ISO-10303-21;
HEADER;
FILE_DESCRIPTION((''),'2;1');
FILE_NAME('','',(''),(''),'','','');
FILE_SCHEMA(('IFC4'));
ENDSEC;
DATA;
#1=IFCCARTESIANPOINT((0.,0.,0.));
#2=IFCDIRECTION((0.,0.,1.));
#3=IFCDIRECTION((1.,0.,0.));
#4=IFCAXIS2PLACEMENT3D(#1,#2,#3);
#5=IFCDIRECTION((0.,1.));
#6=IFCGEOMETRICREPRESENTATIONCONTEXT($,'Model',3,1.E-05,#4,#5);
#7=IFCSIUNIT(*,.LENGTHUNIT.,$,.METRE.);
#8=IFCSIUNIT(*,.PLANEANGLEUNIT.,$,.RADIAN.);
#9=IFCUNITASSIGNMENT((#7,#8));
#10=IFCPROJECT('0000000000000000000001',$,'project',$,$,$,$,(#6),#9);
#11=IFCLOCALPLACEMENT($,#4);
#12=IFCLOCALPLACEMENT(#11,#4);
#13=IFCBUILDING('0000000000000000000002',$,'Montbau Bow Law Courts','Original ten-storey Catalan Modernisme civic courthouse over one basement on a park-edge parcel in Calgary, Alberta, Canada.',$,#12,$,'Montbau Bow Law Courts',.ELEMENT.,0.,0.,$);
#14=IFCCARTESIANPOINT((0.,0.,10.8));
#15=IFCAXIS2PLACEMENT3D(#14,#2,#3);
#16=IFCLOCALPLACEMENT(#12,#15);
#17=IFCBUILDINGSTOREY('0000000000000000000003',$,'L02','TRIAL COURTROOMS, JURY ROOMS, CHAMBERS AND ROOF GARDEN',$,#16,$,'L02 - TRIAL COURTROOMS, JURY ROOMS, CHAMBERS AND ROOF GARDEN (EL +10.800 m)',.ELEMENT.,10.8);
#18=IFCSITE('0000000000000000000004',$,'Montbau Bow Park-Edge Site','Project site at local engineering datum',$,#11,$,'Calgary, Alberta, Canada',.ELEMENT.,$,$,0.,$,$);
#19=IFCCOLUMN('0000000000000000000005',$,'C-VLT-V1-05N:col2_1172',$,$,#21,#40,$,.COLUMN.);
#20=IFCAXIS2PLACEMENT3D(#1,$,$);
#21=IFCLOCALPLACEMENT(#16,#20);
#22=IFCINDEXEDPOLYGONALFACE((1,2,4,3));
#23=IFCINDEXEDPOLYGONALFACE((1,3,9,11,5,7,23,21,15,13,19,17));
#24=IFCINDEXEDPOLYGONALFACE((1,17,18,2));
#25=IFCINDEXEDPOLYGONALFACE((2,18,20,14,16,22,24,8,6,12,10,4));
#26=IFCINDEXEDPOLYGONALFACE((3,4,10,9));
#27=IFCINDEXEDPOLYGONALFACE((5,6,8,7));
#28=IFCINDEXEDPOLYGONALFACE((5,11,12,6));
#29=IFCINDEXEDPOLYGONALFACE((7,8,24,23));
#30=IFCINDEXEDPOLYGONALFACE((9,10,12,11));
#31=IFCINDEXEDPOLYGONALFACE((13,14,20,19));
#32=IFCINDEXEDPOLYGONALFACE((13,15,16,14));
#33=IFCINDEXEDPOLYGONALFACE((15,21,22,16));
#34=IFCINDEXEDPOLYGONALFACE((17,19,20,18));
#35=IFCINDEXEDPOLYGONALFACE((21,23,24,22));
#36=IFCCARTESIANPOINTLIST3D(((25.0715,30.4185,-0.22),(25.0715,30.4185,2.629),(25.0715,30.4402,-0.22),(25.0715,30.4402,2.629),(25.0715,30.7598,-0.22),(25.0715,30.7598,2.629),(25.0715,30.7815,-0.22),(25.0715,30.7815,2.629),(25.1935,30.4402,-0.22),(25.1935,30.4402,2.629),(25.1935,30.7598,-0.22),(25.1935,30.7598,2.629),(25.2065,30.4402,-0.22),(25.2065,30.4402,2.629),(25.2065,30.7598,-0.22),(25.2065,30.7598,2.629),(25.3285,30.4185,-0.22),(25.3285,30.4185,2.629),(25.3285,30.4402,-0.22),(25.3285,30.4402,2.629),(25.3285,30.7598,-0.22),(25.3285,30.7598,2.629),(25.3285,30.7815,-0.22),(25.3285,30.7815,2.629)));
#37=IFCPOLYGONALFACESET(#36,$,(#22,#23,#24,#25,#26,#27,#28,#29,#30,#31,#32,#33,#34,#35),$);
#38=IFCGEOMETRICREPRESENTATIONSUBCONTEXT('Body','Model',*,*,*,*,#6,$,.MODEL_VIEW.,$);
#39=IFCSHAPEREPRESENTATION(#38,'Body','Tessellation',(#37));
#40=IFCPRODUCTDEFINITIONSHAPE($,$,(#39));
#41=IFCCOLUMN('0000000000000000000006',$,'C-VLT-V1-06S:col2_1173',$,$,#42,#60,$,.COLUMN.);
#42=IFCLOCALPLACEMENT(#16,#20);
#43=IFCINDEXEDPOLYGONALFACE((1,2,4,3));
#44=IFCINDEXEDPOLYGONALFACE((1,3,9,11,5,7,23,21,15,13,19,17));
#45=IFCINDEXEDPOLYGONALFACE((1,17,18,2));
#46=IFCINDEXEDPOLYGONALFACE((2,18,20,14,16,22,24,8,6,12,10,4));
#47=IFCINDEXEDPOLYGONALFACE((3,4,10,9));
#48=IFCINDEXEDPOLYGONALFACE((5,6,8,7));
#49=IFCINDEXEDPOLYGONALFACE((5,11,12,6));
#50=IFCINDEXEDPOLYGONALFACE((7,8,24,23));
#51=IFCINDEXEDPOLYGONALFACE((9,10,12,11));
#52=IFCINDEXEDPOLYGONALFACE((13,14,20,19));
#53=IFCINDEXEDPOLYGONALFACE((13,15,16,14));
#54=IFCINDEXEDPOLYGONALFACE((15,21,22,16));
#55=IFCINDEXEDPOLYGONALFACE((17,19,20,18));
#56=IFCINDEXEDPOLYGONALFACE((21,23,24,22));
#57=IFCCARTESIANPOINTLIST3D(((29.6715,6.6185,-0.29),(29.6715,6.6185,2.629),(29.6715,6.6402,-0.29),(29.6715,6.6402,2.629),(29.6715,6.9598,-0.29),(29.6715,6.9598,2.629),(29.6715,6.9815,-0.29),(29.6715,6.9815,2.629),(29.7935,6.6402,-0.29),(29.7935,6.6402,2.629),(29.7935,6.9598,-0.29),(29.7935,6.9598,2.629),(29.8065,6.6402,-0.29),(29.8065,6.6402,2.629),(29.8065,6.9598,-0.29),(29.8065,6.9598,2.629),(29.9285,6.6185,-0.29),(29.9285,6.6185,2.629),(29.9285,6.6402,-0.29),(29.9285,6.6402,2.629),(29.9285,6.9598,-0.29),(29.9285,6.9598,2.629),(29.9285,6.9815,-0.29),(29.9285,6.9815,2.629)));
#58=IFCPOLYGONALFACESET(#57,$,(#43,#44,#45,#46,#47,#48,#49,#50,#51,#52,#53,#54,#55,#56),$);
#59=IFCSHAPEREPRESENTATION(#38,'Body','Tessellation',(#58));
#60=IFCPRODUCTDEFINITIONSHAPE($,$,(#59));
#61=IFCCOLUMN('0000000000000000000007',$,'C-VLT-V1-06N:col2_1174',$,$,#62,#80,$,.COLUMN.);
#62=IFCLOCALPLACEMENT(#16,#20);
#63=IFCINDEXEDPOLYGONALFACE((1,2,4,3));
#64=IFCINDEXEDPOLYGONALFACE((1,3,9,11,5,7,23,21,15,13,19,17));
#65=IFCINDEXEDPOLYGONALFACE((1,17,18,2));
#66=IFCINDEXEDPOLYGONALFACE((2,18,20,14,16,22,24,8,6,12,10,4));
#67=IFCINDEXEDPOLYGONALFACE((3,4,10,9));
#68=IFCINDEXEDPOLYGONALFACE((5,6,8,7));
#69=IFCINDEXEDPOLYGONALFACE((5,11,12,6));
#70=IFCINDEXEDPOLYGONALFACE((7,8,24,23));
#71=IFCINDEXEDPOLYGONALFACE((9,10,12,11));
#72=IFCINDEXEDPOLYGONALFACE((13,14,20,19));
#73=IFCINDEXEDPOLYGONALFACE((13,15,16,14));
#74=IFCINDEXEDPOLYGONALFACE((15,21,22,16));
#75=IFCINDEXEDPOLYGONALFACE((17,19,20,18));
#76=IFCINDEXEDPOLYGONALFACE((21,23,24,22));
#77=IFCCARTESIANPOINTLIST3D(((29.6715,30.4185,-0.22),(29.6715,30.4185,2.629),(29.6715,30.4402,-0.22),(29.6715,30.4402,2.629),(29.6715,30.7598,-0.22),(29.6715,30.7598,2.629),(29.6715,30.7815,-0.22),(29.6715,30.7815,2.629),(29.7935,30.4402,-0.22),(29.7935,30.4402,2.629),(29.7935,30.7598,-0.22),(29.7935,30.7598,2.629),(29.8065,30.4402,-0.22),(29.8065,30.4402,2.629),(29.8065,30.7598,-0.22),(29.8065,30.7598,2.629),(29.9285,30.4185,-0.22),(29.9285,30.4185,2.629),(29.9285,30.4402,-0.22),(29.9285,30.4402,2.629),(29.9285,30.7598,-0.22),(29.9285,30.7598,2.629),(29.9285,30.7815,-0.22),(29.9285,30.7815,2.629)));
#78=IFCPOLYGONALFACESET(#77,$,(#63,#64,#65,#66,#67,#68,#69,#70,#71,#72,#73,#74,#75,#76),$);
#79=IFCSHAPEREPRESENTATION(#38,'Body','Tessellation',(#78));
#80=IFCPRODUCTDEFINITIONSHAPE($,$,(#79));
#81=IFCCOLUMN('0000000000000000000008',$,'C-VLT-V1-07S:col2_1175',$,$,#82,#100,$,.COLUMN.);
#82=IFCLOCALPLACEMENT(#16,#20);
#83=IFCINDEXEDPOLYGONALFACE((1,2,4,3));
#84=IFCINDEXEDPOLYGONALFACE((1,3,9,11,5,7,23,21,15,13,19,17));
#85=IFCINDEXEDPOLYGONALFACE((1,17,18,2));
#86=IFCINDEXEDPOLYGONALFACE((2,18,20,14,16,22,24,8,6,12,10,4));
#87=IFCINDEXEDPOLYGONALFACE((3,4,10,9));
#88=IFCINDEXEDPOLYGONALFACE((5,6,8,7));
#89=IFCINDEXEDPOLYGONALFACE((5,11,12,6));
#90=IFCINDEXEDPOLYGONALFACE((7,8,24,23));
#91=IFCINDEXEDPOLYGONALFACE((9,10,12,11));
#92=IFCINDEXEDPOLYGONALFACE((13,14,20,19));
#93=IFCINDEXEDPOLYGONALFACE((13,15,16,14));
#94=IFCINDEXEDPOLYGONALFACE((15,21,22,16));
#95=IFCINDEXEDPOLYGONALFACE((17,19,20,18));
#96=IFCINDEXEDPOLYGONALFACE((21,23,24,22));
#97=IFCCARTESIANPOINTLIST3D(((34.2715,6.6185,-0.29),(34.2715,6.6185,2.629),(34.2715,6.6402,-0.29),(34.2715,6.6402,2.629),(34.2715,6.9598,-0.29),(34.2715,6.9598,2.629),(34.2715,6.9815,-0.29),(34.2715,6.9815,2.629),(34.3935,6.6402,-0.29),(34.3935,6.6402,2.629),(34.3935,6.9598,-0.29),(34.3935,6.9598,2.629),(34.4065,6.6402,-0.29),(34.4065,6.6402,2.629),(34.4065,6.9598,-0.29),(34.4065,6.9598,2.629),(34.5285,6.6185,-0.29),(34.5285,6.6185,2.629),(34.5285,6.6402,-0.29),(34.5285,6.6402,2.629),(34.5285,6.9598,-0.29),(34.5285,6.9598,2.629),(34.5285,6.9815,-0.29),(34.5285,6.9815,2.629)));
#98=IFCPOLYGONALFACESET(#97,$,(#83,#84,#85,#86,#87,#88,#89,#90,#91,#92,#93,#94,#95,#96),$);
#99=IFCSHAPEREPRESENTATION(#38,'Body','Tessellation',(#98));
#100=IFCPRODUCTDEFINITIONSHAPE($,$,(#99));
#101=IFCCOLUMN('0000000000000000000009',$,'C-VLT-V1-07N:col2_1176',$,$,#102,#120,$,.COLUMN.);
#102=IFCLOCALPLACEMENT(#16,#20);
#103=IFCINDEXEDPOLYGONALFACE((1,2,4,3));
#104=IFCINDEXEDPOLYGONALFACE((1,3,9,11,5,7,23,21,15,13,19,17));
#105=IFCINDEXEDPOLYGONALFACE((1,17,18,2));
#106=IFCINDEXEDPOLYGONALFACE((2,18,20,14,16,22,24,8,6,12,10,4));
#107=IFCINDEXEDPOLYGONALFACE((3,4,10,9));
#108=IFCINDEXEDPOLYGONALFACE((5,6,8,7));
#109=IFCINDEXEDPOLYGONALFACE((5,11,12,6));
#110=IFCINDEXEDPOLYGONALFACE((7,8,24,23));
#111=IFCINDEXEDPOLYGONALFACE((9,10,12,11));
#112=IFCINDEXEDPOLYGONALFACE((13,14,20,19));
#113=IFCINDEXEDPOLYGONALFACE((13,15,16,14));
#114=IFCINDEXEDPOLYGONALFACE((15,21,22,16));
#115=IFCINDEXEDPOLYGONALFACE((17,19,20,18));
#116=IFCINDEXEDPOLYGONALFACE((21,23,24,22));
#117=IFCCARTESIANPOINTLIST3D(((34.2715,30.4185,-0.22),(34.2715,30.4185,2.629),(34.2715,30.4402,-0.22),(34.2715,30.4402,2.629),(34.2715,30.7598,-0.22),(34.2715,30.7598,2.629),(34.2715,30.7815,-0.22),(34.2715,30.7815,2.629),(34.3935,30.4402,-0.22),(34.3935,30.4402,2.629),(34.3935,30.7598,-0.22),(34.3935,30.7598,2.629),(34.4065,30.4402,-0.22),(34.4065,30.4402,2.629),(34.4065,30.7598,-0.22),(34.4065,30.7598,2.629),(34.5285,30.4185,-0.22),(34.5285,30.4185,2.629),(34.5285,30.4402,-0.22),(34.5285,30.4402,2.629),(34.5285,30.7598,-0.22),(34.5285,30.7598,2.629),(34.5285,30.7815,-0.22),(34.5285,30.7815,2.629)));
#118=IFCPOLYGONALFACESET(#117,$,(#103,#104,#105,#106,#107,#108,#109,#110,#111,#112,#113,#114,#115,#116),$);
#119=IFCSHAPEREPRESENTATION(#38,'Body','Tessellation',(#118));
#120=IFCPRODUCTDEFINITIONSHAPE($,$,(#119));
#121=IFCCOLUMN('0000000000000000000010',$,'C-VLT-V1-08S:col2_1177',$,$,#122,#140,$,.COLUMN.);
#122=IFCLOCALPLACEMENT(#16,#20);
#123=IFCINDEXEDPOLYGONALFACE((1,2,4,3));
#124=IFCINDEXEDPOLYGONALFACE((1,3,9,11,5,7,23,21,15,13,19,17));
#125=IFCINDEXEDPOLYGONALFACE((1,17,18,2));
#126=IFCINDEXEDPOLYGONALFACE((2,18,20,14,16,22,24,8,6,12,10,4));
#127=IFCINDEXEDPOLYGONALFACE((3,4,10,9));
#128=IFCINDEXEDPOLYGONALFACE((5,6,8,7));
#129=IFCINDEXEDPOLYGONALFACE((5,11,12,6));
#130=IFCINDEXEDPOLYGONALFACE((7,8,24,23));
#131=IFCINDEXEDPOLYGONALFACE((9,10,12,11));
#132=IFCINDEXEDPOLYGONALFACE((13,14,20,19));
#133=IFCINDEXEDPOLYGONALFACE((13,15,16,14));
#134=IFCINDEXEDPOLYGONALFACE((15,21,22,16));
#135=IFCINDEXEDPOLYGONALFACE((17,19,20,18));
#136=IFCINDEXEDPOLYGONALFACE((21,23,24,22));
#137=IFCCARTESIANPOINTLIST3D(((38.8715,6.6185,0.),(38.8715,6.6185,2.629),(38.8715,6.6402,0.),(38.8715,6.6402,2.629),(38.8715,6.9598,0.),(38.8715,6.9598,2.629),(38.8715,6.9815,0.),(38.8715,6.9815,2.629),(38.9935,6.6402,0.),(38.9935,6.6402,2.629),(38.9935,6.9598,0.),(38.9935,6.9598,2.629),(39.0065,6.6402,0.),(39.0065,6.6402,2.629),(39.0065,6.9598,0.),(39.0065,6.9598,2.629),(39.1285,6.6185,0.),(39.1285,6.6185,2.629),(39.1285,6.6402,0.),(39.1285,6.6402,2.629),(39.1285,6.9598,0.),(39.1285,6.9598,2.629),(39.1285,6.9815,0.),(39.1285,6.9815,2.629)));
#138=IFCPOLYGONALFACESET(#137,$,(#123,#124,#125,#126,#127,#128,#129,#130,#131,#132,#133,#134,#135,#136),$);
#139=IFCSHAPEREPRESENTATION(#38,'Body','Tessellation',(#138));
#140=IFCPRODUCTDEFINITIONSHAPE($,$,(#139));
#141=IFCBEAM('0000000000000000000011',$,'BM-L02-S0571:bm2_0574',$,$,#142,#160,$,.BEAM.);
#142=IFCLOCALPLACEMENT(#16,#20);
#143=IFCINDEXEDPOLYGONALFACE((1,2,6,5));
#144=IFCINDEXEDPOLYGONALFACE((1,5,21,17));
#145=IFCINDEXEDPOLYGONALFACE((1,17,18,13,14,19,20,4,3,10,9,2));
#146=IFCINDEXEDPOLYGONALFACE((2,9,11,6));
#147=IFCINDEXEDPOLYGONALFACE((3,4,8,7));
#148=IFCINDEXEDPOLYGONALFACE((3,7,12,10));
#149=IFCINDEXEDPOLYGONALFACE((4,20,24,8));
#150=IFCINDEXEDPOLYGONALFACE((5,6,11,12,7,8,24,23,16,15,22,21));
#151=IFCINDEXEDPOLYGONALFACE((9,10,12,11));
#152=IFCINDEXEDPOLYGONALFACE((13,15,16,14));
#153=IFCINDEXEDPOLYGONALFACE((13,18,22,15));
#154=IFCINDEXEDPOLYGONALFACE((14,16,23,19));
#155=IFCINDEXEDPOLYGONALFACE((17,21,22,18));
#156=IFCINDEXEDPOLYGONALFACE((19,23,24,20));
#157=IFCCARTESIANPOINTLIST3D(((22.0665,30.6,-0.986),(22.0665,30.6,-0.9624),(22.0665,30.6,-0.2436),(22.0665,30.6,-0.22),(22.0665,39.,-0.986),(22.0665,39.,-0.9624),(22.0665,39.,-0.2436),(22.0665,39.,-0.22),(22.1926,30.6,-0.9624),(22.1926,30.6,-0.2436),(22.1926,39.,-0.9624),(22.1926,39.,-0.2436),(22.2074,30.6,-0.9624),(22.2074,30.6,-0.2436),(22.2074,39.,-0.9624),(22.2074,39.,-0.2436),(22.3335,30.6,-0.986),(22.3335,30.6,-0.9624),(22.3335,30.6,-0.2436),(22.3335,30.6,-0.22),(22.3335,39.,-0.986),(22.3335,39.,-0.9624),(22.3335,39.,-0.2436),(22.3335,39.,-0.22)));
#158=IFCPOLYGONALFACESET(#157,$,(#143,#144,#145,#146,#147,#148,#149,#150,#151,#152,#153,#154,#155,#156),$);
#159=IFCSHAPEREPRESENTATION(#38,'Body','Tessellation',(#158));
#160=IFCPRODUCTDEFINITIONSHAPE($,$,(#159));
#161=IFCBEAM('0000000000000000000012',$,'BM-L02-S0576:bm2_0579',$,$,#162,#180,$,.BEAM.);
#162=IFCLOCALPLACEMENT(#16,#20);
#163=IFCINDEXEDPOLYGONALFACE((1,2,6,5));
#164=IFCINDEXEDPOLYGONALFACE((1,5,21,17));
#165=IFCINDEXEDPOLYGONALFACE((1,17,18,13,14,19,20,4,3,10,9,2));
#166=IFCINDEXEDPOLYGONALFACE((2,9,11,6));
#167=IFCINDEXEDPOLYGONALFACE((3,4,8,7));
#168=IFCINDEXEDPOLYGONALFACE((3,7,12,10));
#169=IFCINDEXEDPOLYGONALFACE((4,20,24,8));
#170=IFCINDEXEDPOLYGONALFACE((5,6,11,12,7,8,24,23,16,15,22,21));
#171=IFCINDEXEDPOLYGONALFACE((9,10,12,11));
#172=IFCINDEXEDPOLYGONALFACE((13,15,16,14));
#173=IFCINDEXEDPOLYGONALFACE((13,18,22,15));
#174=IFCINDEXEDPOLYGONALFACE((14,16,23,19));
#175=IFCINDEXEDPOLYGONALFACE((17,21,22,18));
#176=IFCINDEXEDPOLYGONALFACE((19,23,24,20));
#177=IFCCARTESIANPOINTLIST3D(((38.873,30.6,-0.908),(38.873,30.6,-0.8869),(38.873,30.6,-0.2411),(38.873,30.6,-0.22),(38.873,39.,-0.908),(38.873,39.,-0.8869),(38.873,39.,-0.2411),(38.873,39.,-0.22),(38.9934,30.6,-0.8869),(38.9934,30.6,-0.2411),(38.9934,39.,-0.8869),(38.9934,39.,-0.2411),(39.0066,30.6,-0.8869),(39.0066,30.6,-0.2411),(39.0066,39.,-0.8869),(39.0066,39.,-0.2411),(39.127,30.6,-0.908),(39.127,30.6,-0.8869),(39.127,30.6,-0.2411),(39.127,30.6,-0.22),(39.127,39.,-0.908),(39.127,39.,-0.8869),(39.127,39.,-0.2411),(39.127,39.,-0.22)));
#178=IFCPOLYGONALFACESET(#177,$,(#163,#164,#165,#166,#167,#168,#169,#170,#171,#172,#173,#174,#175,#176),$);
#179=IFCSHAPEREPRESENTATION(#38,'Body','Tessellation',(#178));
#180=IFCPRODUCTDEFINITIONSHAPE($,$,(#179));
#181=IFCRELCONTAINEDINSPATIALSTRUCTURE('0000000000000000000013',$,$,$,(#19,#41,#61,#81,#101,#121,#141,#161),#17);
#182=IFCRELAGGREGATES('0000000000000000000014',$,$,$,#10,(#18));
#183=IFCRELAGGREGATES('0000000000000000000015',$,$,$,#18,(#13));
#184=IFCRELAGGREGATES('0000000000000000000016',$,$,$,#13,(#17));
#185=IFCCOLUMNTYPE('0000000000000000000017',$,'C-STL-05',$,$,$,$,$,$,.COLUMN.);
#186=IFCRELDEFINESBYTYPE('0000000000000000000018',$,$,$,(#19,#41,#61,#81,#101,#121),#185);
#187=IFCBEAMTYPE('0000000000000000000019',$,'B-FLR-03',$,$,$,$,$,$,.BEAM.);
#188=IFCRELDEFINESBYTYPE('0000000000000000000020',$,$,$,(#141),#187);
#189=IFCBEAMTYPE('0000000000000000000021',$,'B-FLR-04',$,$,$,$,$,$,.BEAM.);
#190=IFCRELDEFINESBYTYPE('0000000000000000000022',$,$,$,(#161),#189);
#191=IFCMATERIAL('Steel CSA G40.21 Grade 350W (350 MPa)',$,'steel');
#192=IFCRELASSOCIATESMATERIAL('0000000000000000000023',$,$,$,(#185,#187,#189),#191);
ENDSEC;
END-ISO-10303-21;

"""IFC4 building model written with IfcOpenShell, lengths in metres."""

from ifc_helpers import new_model, si_unit, direction, frame, origin_with_axes, origin_2d_with_axis, place, context, subcontext, project, spatial, i_section, extrude, material, material_profile, profile_set, type_object, element, save


model = new_model("IFC4")

# Units and contexts
model_context = context("Model", 3, precision=1e-05, world=origin_with_axes(), true_north=direction((0.0, 1.0)))
body_context = subcontext(model_context, "Body", "Model", "MODEL_VIEW")
ifc_project = project(units=[si_unit("LENGTHUNIT", "METRE"), si_unit("PLANEANGLEUNIT", "RADIAN")], contexts=[model_context])

# Site, building, storey
site_placement = place(None, origin_with_axes())
site = spatial("IfcSite", under=ifc_project, at=site_placement, Name="Montbau Bow Park-Edge Site", Description="Project site at local engineering datum", LongName="Calgary, Alberta, Canada", CompositionType="ELEMENT", RefElevation=0.0)
building_placement = place(site_placement, origin_with_axes())
building = spatial("IfcBuilding", under=site, at=building_placement, Name="Montbau Bow Law Courts", Description="Original ten-storey Catalan Modernisme civic courthouse over one basement on a park-edge parcel in Calgary, Alberta, Canada.", LongName="Montbau Bow Law Courts", CompositionType="ELEMENT", ElevationOfRefHeight=0.0, ElevationOfTerrain=0.0)
storey_placement = place(building_placement, frame((0.0, 0.0, 10.8), z_axis=(0.0, 0.0, 1.0), x_axis=(1.0, 0.0, 0.0)))
storey = spatial("IfcBuildingStorey", under=building, at=storey_placement, Name="L02", Description="TRIAL COURTROOMS, JURY ROOMS, CHAMBERS AND ROOF GARDEN", LongName="L02 - TRIAL COURTROOMS, JURY ROOMS, CHAMBERS AND ROOF GARDEN (EL +10.800 m)", CompositionType="ELEMENT", Elevation=10.8)

# Columns
ifc_material_1 = material(Name="Steel CSA G40.21 Grade 350W (350 MPa)", Category="steel")
ifc_material_profile_1 = material_profile(ifc_material_1, i_section(OverallWidth=0.257, OverallDepth=0.363, WebThickness=0.013, FlangeThickness=0.0217, at=origin_2d_with_axis()), Name="W360X122", Category="Main", Priority=0)
ifc_profile_set_1 = profile_set([ifc_material_profile_1], Name="Steel CSA G40.21 Grade 350W (350 MPa)")
column_type_1 = type_object("IfcColumnType", Name="C-STL-05", PredefinedType="COLUMN", material=ifc_profile_set_1)
column_1_placement = place(None, frame((25.2, 30.6, 10.58), z_axis=(0.0, 0.0, 1.0), x_axis=(1.0, 0.0, 0.0)))
element("IfcColumn", 1, at=column_1_placement, inside=storey, type_object=column_type_1, Name="C-VLT-V1-05N:col2_1172", PredefinedType="COLUMN", context=body_context, shape_type="SweptSolid", body=[
    extrude(i_section(OverallWidth=0.257, OverallDepth=0.363, WebThickness=0.013, FlangeThickness=0.0217, at=origin_2d_with_axis()), origin_with_axes(), (0.0, 0.0, 1.0), 2.849),
])
column_2_placement = place(None, frame((29.8, 6.8, 10.51), z_axis=(0.0, 0.0, 1.0), x_axis=(1.0, 0.0, 0.0)))
element("IfcColumn", 2, at=column_2_placement, inside=storey, type_object=column_type_1, Name="C-VLT-V1-06S:col2_1173", PredefinedType="COLUMN", context=body_context, shape_type="SweptSolid", body=[
    extrude(i_section(OverallWidth=0.257, OverallDepth=0.363, WebThickness=0.013, FlangeThickness=0.0217, at=origin_2d_with_axis()), origin_with_axes(), (0.0, 0.0, 1.0), 2.919),
])
column_3_placement = place(None, frame((29.8, 30.6, 10.58), z_axis=(0.0, 0.0, 1.0), x_axis=(1.0, 0.0, 0.0)))
element("IfcColumn", 3, at=column_3_placement, inside=storey, type_object=column_type_1, Name="C-VLT-V1-06N:col2_1174", PredefinedType="COLUMN", context=body_context, shape_type="SweptSolid", body=[
    extrude(i_section(OverallWidth=0.257, OverallDepth=0.363, WebThickness=0.013, FlangeThickness=0.0217, at=origin_2d_with_axis()), origin_with_axes(), (0.0, 0.0, 1.0), 2.849),
])
column_4_placement = place(None, frame((34.4, 6.8, 10.51), z_axis=(0.0, 0.0, 1.0), x_axis=(1.0, 0.0, 0.0)))
element("IfcColumn", 4, at=column_4_placement, inside=storey, type_object=column_type_1, Name="C-VLT-V1-07S:col2_1175", PredefinedType="COLUMN", context=body_context, shape_type="SweptSolid", body=[
    extrude(i_section(OverallWidth=0.257, OverallDepth=0.363, WebThickness=0.013, FlangeThickness=0.0217, at=origin_2d_with_axis()), origin_with_axes(), (0.0, 0.0, 1.0), 2.919),
])
column_5_placement = place(None, frame((34.4, 30.6, 10.58), z_axis=(0.0, 0.0, 1.0), x_axis=(1.0, 0.0, 0.0)))
element("IfcColumn", 5, at=column_5_placement, inside=storey, type_object=column_type_1, Name="C-VLT-V1-07N:col2_1176", PredefinedType="COLUMN", context=body_context, shape_type="SweptSolid", body=[
    extrude(i_section(OverallWidth=0.257, OverallDepth=0.363, WebThickness=0.013, FlangeThickness=0.0217, at=origin_2d_with_axis()), origin_with_axes(), (0.0, 0.0, 1.0), 2.849),
])
column_6_placement = place(None, frame((39.0, 6.8, 10.8), z_axis=(0.0, 0.0, 1.0), x_axis=(1.0, 0.0, 0.0)))
element("IfcColumn", 6, at=column_6_placement, inside=storey, type_object=column_type_1, Name="C-VLT-V1-08S:col2_1177", PredefinedType="COLUMN", context=body_context, shape_type="SweptSolid", body=[
    extrude(i_section(OverallWidth=0.257, OverallDepth=0.363, WebThickness=0.013, FlangeThickness=0.0217, at=origin_2d_with_axis()), origin_with_axes(), (0.0, 0.0, 1.0), 2.629),
])

# Beams
ifc_material_profile_2 = material_profile(ifc_material_1, i_section(OverallWidth=0.267, OverallDepth=0.766, WebThickness=0.0149, FlangeThickness=0.0236, at=origin_2d_with_axis()), Name="W760X185", Category="Main", Priority=0)
ifc_profile_set_2 = profile_set([ifc_material_profile_2], Name="Steel CSA G40.21 Grade 350W (350 MPa)")
beam_type_1 = type_object("IfcBeamType", Name="B-FLR-03", PredefinedType="BEAM", material=ifc_profile_set_2)
beam_1_placement = place(None, frame((22.2, 30.6, 10.197), z_axis=(0.0, 1.0, 0.0), x_axis=(-1.0, 0.0, 0.0)))
element("IfcBeam", 7, at=beam_1_placement, inside=storey, type_object=beam_type_1, Name="BM-L02-S0571:bm2_0574", PredefinedType="BEAM", context=body_context, shape_type="SweptSolid", body=[
    extrude(i_section(OverallWidth=0.267, OverallDepth=0.766, WebThickness=0.0149, FlangeThickness=0.0236, at=origin_2d_with_axis()), origin_with_axes(), (0.0, 0.0, 1.0), 8.4),
])
ifc_material_profile_3 = material_profile(ifc_material_1, i_section(OverallWidth=0.254, OverallDepth=0.688, WebThickness=0.0131, FlangeThickness=0.0211, at=origin_2d_with_axis()), Name="W690X152", Category="Main", Priority=0)
ifc_profile_set_3 = profile_set([ifc_material_profile_3], Name="Steel CSA G40.21 Grade 350W (350 MPa)")
beam_type_2 = type_object("IfcBeamType", Name="B-FLR-04", PredefinedType="BEAM", material=ifc_profile_set_3)
beam_2_placement = place(None, frame((39.0, 30.6, 10.236), z_axis=(0.0, 1.0, 0.0), x_axis=(-1.0, 0.0, 0.0)))
element("IfcBeam", 8, at=beam_2_placement, inside=storey, type_object=beam_type_2, Name="BM-L02-S0576:bm2_0579", PredefinedType="BEAM", context=body_context, shape_type="SweptSolid", body=[
    extrude(i_section(OverallWidth=0.254, OverallDepth=0.688, WebThickness=0.0131, FlangeThickness=0.0211, at=origin_2d_with_axis()), origin_with_axes(), (0.0, 0.0, 1.0), 8.4),
])

save(model, "model.ifc")
